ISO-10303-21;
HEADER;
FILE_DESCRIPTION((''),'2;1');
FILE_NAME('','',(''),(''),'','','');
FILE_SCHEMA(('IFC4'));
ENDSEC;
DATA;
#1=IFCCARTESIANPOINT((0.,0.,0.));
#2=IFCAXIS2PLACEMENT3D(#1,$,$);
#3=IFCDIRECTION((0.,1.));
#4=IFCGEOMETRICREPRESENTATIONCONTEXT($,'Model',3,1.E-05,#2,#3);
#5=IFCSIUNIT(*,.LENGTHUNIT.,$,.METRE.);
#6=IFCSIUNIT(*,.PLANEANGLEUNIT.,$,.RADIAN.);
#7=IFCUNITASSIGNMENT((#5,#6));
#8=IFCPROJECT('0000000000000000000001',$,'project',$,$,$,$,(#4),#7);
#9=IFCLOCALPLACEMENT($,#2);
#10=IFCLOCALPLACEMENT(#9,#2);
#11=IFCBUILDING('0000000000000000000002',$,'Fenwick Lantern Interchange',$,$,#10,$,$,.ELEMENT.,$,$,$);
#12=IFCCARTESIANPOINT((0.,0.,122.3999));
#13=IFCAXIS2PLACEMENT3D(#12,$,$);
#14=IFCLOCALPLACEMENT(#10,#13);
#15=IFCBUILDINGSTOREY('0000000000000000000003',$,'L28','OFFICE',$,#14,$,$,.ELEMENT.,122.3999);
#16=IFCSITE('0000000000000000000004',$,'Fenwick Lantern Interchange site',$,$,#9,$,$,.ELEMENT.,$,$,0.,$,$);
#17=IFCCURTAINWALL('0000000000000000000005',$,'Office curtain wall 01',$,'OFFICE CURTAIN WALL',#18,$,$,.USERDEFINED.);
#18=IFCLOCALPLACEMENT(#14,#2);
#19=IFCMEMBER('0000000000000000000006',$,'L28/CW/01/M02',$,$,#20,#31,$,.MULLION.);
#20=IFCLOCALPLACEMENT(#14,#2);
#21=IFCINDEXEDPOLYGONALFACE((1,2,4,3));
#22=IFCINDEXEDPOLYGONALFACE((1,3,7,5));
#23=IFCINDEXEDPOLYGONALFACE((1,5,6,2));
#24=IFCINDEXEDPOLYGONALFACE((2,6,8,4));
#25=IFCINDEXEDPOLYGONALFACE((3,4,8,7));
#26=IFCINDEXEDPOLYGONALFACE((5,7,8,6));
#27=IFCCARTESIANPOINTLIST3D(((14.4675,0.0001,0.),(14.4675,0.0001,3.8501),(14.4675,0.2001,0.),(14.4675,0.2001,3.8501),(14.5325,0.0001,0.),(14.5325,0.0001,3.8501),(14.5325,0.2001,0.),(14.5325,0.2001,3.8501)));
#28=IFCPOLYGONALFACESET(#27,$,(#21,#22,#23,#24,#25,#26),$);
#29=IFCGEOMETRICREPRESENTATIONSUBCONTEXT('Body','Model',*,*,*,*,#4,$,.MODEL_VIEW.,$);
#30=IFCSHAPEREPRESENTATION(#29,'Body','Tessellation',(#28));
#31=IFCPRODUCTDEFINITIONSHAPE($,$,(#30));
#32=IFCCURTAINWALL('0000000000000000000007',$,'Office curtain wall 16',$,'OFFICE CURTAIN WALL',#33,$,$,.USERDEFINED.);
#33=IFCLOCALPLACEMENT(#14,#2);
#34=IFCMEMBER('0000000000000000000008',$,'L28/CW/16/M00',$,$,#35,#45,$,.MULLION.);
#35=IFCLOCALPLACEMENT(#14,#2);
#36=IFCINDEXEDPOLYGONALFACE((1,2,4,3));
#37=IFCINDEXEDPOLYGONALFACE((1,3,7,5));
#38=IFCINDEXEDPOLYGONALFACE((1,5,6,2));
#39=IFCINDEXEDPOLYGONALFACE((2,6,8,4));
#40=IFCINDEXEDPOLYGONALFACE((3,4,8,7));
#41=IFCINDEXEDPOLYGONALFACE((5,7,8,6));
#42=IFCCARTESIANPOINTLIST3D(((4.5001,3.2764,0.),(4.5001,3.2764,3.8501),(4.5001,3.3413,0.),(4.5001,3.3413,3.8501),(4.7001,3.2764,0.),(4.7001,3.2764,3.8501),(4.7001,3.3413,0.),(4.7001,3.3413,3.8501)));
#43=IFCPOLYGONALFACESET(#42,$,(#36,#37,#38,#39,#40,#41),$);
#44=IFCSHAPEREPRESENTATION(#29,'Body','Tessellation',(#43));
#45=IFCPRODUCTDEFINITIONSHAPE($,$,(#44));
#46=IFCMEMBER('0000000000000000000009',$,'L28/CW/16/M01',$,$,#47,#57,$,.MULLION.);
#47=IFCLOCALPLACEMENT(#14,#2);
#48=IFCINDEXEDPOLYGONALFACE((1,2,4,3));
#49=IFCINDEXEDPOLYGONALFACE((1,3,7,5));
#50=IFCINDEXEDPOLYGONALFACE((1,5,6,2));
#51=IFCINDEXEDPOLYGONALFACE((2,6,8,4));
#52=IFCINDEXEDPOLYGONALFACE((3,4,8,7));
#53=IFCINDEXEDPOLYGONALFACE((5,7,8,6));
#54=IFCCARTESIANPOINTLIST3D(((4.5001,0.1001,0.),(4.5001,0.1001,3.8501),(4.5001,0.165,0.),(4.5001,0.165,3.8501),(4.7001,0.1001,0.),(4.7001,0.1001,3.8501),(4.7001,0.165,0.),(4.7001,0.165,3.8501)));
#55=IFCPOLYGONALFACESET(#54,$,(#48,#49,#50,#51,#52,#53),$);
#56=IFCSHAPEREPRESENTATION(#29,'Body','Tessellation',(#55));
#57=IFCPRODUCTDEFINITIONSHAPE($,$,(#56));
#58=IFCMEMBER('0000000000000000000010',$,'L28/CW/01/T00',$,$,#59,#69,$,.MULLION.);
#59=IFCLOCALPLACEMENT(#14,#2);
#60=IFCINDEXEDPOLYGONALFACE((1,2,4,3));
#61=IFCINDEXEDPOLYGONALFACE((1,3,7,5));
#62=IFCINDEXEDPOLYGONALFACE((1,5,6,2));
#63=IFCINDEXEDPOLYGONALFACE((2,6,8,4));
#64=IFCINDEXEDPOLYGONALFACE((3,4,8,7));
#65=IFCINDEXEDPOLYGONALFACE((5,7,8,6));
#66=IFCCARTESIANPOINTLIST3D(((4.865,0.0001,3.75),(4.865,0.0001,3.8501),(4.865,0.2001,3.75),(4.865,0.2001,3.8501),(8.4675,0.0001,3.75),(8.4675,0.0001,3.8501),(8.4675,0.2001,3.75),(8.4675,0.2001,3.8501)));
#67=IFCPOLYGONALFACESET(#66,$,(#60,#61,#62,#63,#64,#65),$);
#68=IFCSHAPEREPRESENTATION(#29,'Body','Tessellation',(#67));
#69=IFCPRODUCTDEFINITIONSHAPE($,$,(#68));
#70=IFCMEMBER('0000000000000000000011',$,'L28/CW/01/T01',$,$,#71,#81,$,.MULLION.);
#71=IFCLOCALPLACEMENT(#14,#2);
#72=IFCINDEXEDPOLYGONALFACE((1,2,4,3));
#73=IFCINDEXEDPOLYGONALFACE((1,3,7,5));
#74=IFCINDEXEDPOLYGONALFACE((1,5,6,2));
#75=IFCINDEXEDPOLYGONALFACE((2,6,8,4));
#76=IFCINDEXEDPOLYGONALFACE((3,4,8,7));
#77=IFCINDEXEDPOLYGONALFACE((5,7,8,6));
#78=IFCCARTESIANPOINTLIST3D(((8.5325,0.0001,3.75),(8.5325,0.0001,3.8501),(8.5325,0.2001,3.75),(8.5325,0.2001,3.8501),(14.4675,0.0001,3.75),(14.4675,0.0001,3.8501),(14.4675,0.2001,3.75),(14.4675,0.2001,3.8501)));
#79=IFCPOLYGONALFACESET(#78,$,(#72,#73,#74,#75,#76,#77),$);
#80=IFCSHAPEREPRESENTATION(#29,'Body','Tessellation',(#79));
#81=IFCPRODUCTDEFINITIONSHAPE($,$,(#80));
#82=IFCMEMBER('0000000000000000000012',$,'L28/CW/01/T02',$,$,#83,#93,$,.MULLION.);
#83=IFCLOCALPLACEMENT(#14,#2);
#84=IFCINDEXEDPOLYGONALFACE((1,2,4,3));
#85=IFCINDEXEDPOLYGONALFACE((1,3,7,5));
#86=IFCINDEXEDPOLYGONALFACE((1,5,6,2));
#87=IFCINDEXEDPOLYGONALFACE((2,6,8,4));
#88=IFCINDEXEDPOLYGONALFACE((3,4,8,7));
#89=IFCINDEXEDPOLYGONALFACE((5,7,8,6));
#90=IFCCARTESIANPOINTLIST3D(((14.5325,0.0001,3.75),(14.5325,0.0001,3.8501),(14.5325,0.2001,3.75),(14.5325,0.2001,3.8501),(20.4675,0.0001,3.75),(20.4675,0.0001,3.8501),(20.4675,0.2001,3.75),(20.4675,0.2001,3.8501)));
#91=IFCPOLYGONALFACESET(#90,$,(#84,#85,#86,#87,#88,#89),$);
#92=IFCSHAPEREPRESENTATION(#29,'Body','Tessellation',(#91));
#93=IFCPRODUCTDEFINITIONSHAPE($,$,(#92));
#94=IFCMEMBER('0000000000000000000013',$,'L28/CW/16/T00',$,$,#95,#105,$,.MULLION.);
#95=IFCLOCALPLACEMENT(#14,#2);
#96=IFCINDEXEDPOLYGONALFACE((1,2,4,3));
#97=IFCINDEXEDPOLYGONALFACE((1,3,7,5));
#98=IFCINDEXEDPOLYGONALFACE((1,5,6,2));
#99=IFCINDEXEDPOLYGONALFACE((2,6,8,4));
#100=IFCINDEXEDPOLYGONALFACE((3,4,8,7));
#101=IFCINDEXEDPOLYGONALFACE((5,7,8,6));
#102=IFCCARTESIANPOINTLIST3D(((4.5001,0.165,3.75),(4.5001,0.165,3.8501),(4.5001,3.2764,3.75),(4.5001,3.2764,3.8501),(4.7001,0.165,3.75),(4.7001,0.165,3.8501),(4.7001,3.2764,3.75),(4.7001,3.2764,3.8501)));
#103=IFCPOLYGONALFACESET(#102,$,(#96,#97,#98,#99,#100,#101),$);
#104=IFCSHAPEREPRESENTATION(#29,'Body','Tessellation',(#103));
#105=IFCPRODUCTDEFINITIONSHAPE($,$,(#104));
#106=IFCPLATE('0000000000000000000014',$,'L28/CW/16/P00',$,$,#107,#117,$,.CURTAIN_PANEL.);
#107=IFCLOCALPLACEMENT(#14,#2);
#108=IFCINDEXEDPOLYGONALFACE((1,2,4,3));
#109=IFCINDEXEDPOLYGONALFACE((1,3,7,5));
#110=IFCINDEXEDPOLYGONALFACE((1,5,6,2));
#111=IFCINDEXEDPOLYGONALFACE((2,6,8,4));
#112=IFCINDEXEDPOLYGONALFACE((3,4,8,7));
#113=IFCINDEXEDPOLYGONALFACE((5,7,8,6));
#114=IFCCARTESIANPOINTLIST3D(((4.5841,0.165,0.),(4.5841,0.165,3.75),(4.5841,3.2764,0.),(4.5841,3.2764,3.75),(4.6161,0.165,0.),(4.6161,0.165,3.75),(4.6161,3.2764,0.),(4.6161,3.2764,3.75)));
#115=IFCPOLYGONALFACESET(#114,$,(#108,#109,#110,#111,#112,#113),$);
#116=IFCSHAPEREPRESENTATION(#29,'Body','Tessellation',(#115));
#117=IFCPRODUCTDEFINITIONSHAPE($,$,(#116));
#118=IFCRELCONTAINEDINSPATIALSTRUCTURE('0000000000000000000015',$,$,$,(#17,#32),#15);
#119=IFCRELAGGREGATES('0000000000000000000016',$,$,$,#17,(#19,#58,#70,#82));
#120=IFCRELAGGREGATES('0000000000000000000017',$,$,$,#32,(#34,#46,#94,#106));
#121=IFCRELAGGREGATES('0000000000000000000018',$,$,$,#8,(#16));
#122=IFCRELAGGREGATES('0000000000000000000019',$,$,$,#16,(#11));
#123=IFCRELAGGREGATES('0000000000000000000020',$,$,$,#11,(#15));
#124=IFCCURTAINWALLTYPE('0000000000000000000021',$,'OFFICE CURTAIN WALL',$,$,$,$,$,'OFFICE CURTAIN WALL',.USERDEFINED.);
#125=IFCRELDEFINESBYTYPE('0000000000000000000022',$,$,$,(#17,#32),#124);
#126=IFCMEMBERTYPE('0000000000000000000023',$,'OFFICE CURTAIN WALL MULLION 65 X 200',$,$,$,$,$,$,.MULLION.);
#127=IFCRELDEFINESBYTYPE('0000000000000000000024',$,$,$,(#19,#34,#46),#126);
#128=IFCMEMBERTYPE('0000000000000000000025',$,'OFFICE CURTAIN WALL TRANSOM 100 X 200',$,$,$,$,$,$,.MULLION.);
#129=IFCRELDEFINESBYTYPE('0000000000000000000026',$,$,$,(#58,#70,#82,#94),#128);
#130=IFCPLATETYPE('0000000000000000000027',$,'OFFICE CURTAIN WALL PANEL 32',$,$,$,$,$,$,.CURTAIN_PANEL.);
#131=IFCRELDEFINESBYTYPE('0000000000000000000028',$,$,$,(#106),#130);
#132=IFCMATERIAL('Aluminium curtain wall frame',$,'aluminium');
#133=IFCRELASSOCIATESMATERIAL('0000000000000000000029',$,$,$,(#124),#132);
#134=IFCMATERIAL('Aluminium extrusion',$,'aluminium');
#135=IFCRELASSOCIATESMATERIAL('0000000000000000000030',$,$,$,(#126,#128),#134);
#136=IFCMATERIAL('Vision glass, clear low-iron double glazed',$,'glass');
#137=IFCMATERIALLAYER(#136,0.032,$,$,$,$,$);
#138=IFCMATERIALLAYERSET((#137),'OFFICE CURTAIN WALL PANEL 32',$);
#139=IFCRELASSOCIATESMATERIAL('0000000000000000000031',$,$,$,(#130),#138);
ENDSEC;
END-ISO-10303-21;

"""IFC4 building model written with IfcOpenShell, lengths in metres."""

from ifc_helpers import new_model, si_unit, direction, frame, origin, origin_2d, place, context, subcontext, project, spatial, rectangle, extrude, material, layer, layer_set, material_profile, profile_set, type_object, element, aggregate, save


model = new_model("IFC4")

# Units and contexts
model_context = context("Model", 3, precision=1e-05, world=origin(), true_north=direction((0.0, 1.0)))
body_context = subcontext(model_context, "Body", "Model", "MODEL_VIEW")
ifc_project = project(units=[si_unit("LENGTHUNIT", "METRE"), si_unit("PLANEANGLEUNIT", "RADIAN")], contexts=[model_context])

# Site, building, storey
site_placement = place(None, origin())
site = spatial("IfcSite", under=ifc_project, at=site_placement, Name="Fenwick Lantern Interchange site", CompositionType="ELEMENT", RefElevation=0.0)
building_placement = place(site_placement, origin())
building = spatial("IfcBuilding", under=site, at=building_placement, Name="Fenwick Lantern Interchange", CompositionType="ELEMENT")
storey_placement = place(building_placement, frame((0.0, 0.0, 122.3999)))
storey = spatial("IfcBuildingStorey", under=building, at=storey_placement, Name="L28", Description="OFFICE", CompositionType="ELEMENT", Elevation=122.3999)

# Curtain walls, members
ifc_material_1 = material(Name="Aluminium curtain wall frame", Category="aluminium")
curtain_wall_type = type_object("IfcCurtainWallType", Name="OFFICE CURTAIN WALL", ElementType="OFFICE CURTAIN WALL", PredefinedType="USERDEFINED", material=ifc_material_1)
curtain_wall_1_placement = place(storey_placement, origin())
curtain_wall_1 = element("IfcCurtainWall", 1, at=curtain_wall_1_placement, inside=storey, type_object=curtain_wall_type, Name="Office curtain wall 01", ObjectType="OFFICE CURTAIN WALL", PredefinedType="USERDEFINED")
ifc_material_2 = material(Name="Aluminium extrusion", Category="aluminium")
ifc_material_profile_1 = material_profile(ifc_material_2, rectangle(XDim=0.2, YDim=0.0649, at=origin_2d()), Name="OFFICE CURTAIN WALL MULLION 65 X 200")
ifc_profile_set_1 = profile_set([ifc_material_profile_1], Name="Aluminium extrusion")
member_type_1 = type_object("IfcMemberType", Name="OFFICE CURTAIN WALL MULLION 65 X 200", PredefinedType="MULLION", material=ifc_profile_set_1)
member_1_placement = place(storey_placement, frame((14.5, 0.1001, 0.0), z_axis=(0.0, 0.0, 1.0), x_axis=(0.0, 1.0, 0.0)))
member_1 = element("IfcMember", 2, at=member_1_placement, type_object=member_type_1, Name="L28/CW/01/M02", PredefinedType="MULLION", context=body_context, shape_type="SweptSolid", body=[
    extrude(rectangle(XDim=0.2, YDim=0.0649, at=origin_2d()), origin(), (0.0, 0.0, 1.0), 3.8501),
])
curtain_wall_2_placement = place(storey_placement, origin())
curtain_wall_2 = element("IfcCurtainWall", 3, at=curtain_wall_2_placement, inside=storey, type_object=curtain_wall_type, Name="Office curtain wall 16", ObjectType="OFFICE CURTAIN WALL", PredefinedType="USERDEFINED")
member_2_placement = place(storey_placement, frame((4.6001, 3.3088, 0.0), z_axis=(0.0, 0.0, 1.0), x_axis=(1.0, 0.0, 0.0)))
member_2 = element("IfcMember", 4, at=member_2_placement, type_object=member_type_1, Name="L28/CW/16/M00", PredefinedType="MULLION", context=body_context, shape_type="SweptSolid", body=[
    extrude(rectangle(XDim=0.2, YDim=0.0649, at=origin_2d()), origin(), (0.0, 0.0, 1.0), 3.8501),
])
member_3_placement = place(storey_placement, frame((4.6001, 0.1326, 0.0), z_axis=(0.0, 0.0, 1.0), x_axis=(1.0, 0.0, 0.0)))
member_3 = element("IfcMember", 5, at=member_3_placement, type_object=member_type_1, Name="L28/CW/16/M01", PredefinedType="MULLION", context=body_context, shape_type="SweptSolid", body=[
    extrude(rectangle(XDim=0.2, YDim=0.0649, at=origin_2d()), origin(), (0.0, 0.0, 1.0), 3.8501),
])

# Members
ifc_material_profile_2 = material_profile(ifc_material_2, rectangle(XDim=0.2, YDim=0.1001, at=origin_2d()), Name="OFFICE CURTAIN WALL TRANSOM 100 X 200")
ifc_profile_set_2 = profile_set([ifc_material_profile_2], Name="Aluminium extrusion")
member_type_2 = type_object("IfcMemberType", Name="OFFICE CURTAIN WALL TRANSOM 100 X 200", PredefinedType="MULLION", material=ifc_profile_set_2)
member_4_placement = place(storey_placement, frame((4.865, 0.1001, 3.8), z_axis=(1.0, 0.0, 0.0), x_axis=(0.0, 1.0, 0.0)))
member_4 = element("IfcMember", 6, at=member_4_placement, type_object=member_type_2, Name="L28/CW/01/T00", PredefinedType="MULLION", context=body_context, shape_type="SweptSolid", body=[
    extrude(rectangle(XDim=0.2, YDim=0.1001, at=origin_2d()), origin(), (0.0, 0.0, 1.0), 3.6025),
])
member_5_placement = place(storey_placement, frame((8.5325, 0.1001, 3.8), z_axis=(1.0, 0.0, 0.0), x_axis=(0.0, 1.0, 0.0)))
member_5 = element("IfcMember", 7, at=member_5_placement, type_object=member_type_2, Name="L28/CW/01/T01", PredefinedType="MULLION", context=body_context, shape_type="SweptSolid", body=[
    extrude(rectangle(XDim=0.2, YDim=0.1001, at=origin_2d()), origin(), (0.0, 0.0, 1.0), 5.9351),
])
member_6_placement = place(storey_placement, frame((14.5325, 0.1001, 3.8), z_axis=(1.0, 0.0, 0.0), x_axis=(0.0, 1.0, 0.0)))
member_6 = element("IfcMember", 8, at=member_6_placement, type_object=member_type_2, Name="L28/CW/01/T02", PredefinedType="MULLION", context=body_context, shape_type="SweptSolid", body=[
    extrude(rectangle(XDim=0.2, YDim=0.1001, at=origin_2d()), origin(), (0.0, 0.0, 1.0), 5.9351),
])
aggregate(curtain_wall_1, [member_1, member_4, member_5, member_6])
member_7_placement = place(storey_placement, frame((4.6001, 3.2764, 3.8), z_axis=(0.0, -1.0, 0.0), x_axis=(1.0, 0.0, 0.0)))
member_7 = element("IfcMember", 9, at=member_7_placement, type_object=member_type_2, Name="L28/CW/16/T00", PredefinedType="MULLION", context=body_context, shape_type="SweptSolid", body=[
    extrude(rectangle(XDim=0.2, YDim=0.1001, at=origin_2d()), origin(), (0.0, 0.0, 1.0), 3.1113),
])

# Plate
ifc_material_3 = material(Name="Vision glass, clear low-iron double glazed", Category="glass")
ifc_layer_1 = layer(ifc_material_3, 0.032)
ifc_layer_set_1 = layer_set([ifc_layer_1], Name="OFFICE CURTAIN WALL PANEL 32")
plate_type = type_object("IfcPlateType", Name="OFFICE CURTAIN WALL PANEL 32", PredefinedType="CURTAIN_PANEL", material=ifc_layer_set_1)
plate_placement = place(storey_placement, frame((4.6001, 1.7207, 0.0), z_axis=(0.0, 0.0, 1.0), x_axis=(0.0, -1.0, 0.0)))
plate = element("IfcPlate", 10, at=plate_placement, type_object=plate_type, Name="L28/CW/16/P00", PredefinedType="CURTAIN_PANEL", context=body_context, shape_type="SweptSolid", body=[
    extrude(rectangle(XDim=3.1113, YDim=0.032, at=origin_2d()), origin(), (0.0, 0.0, 1.0), 3.75),
])
aggregate(curtain_wall_2, [member_2, member_3, member_7, plate])

save(model, "model.ifc")
